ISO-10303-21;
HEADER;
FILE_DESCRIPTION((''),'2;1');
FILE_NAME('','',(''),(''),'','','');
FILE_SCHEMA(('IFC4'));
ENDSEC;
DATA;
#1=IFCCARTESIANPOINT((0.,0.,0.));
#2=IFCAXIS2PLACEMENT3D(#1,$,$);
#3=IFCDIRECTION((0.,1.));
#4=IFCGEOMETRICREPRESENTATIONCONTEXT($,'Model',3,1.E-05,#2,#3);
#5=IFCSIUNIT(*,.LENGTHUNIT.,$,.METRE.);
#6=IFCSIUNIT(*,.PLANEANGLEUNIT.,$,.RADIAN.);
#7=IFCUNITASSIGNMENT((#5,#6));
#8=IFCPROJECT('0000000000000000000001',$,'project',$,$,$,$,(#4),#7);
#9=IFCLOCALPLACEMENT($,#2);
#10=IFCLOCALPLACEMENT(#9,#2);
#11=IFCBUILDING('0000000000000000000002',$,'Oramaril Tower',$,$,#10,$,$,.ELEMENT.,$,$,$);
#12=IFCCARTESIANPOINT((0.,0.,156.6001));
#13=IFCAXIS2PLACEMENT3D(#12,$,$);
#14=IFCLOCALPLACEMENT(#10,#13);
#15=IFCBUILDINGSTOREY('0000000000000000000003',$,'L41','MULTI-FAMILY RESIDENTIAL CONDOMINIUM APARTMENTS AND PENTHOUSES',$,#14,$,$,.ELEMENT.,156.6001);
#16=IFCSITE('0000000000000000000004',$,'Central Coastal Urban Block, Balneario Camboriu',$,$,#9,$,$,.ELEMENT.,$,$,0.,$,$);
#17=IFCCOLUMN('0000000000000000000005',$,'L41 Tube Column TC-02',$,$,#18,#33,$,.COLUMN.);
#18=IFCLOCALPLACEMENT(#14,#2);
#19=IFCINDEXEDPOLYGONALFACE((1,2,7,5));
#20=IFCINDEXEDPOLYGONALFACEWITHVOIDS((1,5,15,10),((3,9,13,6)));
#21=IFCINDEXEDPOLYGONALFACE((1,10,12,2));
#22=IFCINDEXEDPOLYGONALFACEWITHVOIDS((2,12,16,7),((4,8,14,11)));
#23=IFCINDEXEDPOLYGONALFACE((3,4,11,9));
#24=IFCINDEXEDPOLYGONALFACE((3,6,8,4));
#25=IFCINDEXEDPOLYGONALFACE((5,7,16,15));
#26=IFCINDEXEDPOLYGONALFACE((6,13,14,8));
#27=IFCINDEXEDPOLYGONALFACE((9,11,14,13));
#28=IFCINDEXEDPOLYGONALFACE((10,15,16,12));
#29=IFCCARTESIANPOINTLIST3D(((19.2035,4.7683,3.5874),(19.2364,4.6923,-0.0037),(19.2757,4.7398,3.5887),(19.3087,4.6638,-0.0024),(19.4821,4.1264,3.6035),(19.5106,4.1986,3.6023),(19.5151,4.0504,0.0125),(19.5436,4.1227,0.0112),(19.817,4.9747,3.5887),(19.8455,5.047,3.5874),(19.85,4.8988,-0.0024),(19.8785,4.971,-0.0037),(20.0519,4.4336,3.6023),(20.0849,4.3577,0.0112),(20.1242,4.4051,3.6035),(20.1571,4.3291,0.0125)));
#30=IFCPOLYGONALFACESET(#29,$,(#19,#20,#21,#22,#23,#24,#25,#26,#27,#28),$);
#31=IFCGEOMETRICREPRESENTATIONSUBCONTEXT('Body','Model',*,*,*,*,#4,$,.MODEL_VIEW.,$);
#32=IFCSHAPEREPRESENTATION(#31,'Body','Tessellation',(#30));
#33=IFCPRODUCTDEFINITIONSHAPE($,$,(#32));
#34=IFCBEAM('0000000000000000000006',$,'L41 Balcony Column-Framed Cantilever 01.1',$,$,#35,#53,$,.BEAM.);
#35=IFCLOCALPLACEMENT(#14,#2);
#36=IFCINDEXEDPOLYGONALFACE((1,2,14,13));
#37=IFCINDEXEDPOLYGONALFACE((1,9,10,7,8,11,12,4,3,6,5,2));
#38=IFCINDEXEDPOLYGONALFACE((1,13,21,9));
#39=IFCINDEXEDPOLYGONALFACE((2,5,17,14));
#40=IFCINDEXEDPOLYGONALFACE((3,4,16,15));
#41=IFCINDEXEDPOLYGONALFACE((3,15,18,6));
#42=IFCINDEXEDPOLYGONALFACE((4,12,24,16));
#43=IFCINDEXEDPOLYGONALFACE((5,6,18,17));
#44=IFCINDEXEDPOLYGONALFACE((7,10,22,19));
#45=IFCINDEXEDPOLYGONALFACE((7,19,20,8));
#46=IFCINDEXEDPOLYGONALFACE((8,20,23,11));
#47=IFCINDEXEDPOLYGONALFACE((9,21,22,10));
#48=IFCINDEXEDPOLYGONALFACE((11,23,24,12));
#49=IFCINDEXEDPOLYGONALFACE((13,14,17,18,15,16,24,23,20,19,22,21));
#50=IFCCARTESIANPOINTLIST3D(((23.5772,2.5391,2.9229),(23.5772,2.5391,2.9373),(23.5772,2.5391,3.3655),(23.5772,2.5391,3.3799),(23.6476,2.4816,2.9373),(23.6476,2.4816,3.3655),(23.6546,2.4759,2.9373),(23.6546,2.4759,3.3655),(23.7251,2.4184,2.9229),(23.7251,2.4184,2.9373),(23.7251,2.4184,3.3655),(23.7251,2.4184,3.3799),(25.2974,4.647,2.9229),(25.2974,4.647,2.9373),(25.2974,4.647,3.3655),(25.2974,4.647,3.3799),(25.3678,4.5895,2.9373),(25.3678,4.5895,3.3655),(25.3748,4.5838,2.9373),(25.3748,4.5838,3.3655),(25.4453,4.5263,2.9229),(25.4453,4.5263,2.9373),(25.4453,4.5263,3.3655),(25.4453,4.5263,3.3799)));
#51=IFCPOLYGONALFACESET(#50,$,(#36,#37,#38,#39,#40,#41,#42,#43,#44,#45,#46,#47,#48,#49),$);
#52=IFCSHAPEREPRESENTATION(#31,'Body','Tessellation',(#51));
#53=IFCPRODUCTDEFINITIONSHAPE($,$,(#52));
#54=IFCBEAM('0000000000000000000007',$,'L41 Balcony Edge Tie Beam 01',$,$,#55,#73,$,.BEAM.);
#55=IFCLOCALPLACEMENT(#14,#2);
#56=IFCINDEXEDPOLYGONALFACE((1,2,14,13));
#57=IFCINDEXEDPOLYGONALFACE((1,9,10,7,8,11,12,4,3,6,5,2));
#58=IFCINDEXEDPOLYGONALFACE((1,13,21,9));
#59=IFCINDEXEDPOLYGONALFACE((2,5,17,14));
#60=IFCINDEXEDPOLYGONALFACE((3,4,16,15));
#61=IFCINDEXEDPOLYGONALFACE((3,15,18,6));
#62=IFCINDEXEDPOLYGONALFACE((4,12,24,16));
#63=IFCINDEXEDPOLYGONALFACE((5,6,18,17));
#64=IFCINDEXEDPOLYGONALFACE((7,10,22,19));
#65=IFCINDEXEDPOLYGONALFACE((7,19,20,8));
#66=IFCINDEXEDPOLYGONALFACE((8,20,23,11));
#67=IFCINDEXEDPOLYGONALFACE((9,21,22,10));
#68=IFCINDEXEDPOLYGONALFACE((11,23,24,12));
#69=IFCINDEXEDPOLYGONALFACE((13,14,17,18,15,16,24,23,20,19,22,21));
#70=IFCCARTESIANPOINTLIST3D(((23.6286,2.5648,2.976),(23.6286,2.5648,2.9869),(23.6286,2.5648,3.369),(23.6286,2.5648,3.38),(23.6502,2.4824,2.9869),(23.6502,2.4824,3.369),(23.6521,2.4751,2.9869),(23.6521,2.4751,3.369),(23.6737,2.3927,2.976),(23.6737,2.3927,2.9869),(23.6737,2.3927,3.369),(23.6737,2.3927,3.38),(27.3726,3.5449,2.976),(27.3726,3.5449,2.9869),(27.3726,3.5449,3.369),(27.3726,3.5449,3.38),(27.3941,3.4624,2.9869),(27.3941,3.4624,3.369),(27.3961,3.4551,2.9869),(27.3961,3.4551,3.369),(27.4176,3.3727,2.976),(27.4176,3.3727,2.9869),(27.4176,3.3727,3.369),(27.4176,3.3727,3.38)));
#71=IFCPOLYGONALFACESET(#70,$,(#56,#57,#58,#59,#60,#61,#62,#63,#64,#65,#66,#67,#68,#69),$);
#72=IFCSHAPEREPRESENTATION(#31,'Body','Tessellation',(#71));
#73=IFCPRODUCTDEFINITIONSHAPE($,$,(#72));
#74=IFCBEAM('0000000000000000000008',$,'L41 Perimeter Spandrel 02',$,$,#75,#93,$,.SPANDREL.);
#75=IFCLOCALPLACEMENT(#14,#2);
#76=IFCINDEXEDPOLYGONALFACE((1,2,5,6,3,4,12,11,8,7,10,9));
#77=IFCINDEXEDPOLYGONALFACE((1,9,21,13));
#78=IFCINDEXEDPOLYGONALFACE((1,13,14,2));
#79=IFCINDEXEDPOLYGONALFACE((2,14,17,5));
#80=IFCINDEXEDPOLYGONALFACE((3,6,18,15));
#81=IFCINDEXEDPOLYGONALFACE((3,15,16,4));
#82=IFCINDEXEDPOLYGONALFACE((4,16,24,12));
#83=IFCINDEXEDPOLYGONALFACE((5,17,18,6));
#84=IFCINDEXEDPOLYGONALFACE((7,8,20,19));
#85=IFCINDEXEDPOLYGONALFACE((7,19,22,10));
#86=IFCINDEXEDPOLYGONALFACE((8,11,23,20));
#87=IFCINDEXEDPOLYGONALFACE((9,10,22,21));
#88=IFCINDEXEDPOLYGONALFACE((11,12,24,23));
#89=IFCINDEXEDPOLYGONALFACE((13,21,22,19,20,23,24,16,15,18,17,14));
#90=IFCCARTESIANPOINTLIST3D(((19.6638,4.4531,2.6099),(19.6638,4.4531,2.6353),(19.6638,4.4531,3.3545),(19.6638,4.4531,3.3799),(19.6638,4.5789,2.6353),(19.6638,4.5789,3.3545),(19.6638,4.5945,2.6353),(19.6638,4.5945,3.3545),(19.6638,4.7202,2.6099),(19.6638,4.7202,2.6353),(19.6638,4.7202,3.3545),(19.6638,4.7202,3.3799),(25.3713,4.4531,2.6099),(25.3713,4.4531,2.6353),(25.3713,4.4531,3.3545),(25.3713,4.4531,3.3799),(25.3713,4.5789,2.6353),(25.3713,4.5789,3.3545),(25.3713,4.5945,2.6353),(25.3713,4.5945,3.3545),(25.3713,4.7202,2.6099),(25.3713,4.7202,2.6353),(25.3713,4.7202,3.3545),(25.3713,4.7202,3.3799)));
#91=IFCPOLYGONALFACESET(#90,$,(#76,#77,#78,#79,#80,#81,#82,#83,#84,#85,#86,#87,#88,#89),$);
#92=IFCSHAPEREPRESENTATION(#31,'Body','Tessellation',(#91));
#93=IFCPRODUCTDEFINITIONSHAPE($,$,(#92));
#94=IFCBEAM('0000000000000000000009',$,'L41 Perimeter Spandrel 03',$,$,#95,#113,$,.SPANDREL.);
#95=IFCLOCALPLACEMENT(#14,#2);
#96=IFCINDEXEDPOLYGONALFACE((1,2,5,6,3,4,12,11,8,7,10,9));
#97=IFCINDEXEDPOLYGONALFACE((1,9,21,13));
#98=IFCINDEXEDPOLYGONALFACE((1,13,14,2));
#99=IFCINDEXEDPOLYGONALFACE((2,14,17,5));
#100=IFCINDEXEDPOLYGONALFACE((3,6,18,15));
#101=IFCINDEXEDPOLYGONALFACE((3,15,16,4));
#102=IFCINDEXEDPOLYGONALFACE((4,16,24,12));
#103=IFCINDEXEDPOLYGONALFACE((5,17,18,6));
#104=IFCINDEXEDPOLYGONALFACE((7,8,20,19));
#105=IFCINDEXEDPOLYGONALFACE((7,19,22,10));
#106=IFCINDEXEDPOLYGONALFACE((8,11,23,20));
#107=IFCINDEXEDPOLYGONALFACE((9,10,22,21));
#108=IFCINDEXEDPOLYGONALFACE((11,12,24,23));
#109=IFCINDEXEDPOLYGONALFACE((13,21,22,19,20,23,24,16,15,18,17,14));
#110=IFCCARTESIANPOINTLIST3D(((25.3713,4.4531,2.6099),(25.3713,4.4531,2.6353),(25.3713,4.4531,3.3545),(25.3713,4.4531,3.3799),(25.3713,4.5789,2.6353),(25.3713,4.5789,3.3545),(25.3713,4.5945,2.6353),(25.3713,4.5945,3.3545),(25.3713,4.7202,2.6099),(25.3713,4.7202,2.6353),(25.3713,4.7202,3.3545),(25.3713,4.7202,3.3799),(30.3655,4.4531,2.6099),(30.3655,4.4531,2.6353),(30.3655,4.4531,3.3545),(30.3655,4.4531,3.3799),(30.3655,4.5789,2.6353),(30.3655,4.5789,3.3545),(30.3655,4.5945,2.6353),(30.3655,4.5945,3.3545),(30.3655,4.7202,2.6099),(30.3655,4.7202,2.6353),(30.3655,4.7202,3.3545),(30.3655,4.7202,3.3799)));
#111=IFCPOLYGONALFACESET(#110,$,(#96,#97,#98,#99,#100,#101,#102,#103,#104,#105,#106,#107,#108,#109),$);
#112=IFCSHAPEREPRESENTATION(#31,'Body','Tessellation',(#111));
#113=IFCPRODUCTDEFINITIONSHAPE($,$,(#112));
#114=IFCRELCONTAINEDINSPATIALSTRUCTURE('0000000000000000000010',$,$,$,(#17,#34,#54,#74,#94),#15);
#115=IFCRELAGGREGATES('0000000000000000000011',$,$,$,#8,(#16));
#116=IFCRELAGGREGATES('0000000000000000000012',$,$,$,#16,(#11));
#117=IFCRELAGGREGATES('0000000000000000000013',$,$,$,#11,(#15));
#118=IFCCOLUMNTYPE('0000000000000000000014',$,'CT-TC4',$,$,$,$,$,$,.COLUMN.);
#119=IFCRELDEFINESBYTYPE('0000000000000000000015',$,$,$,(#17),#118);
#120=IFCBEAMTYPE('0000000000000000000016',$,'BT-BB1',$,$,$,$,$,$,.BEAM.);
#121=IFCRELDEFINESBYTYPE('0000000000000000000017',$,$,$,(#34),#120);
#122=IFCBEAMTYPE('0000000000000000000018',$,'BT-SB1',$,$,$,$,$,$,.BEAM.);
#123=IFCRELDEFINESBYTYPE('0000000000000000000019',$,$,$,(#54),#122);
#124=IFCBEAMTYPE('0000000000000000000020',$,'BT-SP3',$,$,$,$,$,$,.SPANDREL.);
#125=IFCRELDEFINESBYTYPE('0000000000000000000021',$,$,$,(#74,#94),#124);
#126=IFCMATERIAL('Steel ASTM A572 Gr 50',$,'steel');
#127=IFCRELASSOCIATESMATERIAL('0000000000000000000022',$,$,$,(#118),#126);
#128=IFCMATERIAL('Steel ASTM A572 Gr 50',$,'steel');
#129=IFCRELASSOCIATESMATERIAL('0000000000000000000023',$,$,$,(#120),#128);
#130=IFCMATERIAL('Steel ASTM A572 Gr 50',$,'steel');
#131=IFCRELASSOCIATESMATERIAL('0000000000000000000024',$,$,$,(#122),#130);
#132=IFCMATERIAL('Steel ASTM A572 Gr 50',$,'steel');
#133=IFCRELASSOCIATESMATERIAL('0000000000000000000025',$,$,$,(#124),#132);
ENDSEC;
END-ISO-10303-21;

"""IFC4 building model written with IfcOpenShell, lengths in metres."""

from ifc_helpers import new_model, si_unit, direction, frame, origin, origin_2d, place, context, subcontext, project, spatial, hollow_rectangle, i_section, extrude, material, material_profile, profile_set, type_object, element, save


model = new_model("IFC4")

# Units and contexts
model_context = context("Model", 3, precision=1e-05, world=origin(), true_north=direction((0.0, 1.0)))
body_context = subcontext(model_context, "Body", "Model", "MODEL_VIEW")
ifc_project = project(units=[si_unit("LENGTHUNIT", "METRE"), si_unit("PLANEANGLEUNIT", "RADIAN")], contexts=[model_context])

# Site, building, storey
site_placement = place(None, origin())
site = spatial("IfcSite", under=ifc_project, at=site_placement, Name="Central Coastal Urban Block, Balneario Camboriu", CompositionType="ELEMENT", RefElevation=0.0)
building_placement = place(site_placement, origin())
building = spatial("IfcBuilding", under=site, at=building_placement, Name="Oramaril Tower", CompositionType="ELEMENT")
storey_placement = place(building_placement, frame((0.0, 0.0, 156.6001)))
storey = spatial("IfcBuildingStorey", under=building, at=storey_placement, Name="L41", Description="MULTI-FAMILY RESIDENTIAL CONDOMINIUM APARTMENTS AND PENTHOUSES", CompositionType="ELEMENT", Elevation=156.6001)

# Column
ifc_material_1 = material(Name="Steel ASTM A572 Gr 50", Category="steel")
ifc_material_profile_1 = material_profile(ifc_material_1, hollow_rectangle(XDim=0.7, YDim=0.7, WallThickness=0.0549, at=origin_2d()), Name="BOX700X700X55")
ifc_profile_set_1 = profile_set([ifc_material_profile_1], Name="Steel ASTM A572 Gr 50")
column_type = type_object("IfcColumnType", Name="CT-TC4", PredefinedType="COLUMN", material=ifc_profile_set_1)
column_placement = place(storey_placement, frame((19.6968, 4.5107, 0.0044), z_axis=(-0.009176, 0.021138, 0.999734), x_axis=(-0.917304, -0.398187, 0.0)))
element("IfcColumn", 1, at=column_placement, inside=storey, type_object=column_type, Name="L41 Tube Column TC-02", PredefinedType="COLUMN", context=body_context, shape_type="SweptSolid", body=[
    extrude(hollow_rectangle(XDim=0.7, YDim=0.7, WallThickness=0.0549, at=origin_2d()), origin(), (0.0, 0.0, 1.0), 3.592),
])

# Beams
ifc_material_2 = material(Name="Steel ASTM A572 Gr 50", Category="steel")
ifc_material_profile_2 = material_profile(ifc_material_2, i_section(OverallWidth=0.1909, OverallDepth=0.457, WebThickness=0.009, FlangeThickness=0.0144, at=origin_2d()), Name="W18X50")
ifc_profile_set_2 = profile_set([ifc_material_profile_2], Name="Steel ASTM A572 Gr 50")
beam_type_1 = type_object("IfcBeamType", Name="BT-BB1", PredefinedType="BEAM", material=ifc_profile_set_2)
beam_1_placement = place(storey_placement, frame((25.3713, 4.5867, 3.1514), z_axis=(-0.63226, -0.774756, 0.0), x_axis=(0.774756, -0.63226, 0.0)))
element("IfcBeam", 2, at=beam_1_placement, inside=storey, type_object=beam_type_1, Name="L41 Balcony Column-Framed Cantilever 01.1", PredefinedType="BEAM", context=body_context, shape_type="SweptSolid", body=[
    extrude(i_section(OverallWidth=0.1909, OverallDepth=0.457, WebThickness=0.009, FlangeThickness=0.0144, at=origin_2d()), origin(), (0.0, 0.0, 1.0), 2.7207),
])
ifc_material_3 = material(Name="Steel ASTM A572 Gr 50", Category="steel")
ifc_material_profile_3 = material_profile(ifc_material_3, i_section(OverallWidth=0.178, OverallDepth=0.4041, WebThickness=0.0076, FlangeThickness=0.011, at=origin_2d()), Name="W16X36")
ifc_profile_set_3 = profile_set([ifc_material_profile_3], Name="Steel ASTM A572 Gr 50")
beam_type_2 = type_object("IfcBeamType", Name="BT-SB1", PredefinedType="BEAM", material=ifc_profile_set_3)
beam_2_placement = place(storey_placement, frame((23.6511, 2.4788, 3.178), z_axis=(0.967408, 0.253223, 0.0), x_axis=(-0.253223, 0.967408, 0.0)))
element("IfcBeam", 3, at=beam_2_placement, inside=storey, type_object=beam_type_2, Name="L41 Balcony Edge Tie Beam 01", PredefinedType="BEAM", context=body_context, shape_type="SweptSolid", body=[
    extrude(i_section(OverallWidth=0.178, OverallDepth=0.4041, WebThickness=0.0076, FlangeThickness=0.011, at=origin_2d()), origin(), (0.0, 0.0, 1.0), 3.8701),
])
ifc_material_4 = material(Name="Steel ASTM A572 Gr 50", Category="steel")
ifc_material_profile_4 = material_profile(ifc_material_4, i_section(OverallWidth=0.2671, OverallDepth=0.77, WebThickness=0.0156, FlangeThickness=0.0254, at=origin_2d()), Name="W30X132")
ifc_profile_set_4 = profile_set([ifc_material_profile_4], Name="Steel ASTM A572 Gr 50")
beam_type_3 = type_object("IfcBeamType", Name="BT-SP3", PredefinedType="SPANDREL", material=ifc_profile_set_4)
beam_3_placement = place(storey_placement, frame((19.6638, 4.5867, 2.9949), z_axis=(1.0, 0.0, 0.0), x_axis=(0.0, 1.0, 0.0)))
element("IfcBeam", 4, at=beam_3_placement, inside=storey, type_object=beam_type_3, Name="L41 Perimeter Spandrel 02", PredefinedType="SPANDREL", context=body_context, shape_type="SweptSolid", body=[
    extrude(i_section(OverallWidth=0.2671, OverallDepth=0.77, WebThickness=0.0156, FlangeThickness=0.0254, at=origin_2d()), origin(), (0.0, 0.0, 1.0), 5.7075),
])
beam_4_placement = place(storey_placement, frame((25.3713, 4.5867, 2.9949), z_axis=(1.0, 0.0, 0.0), x_axis=(0.0, 1.0, 0.0)))
element("IfcBeam", 5, at=beam_4_placement, inside=storey, type_object=beam_type_3, Name="L41 Perimeter Spandrel 03", PredefinedType="SPANDREL", context=body_context, shape_type="SweptSolid", body=[
    extrude(i_section(OverallWidth=0.2671, OverallDepth=0.77, WebThickness=0.0156, FlangeThickness=0.0254, at=origin_2d()), origin(), (0.0, 0.0, 1.0), 4.9941),
])

save(model, "model.ifc")
